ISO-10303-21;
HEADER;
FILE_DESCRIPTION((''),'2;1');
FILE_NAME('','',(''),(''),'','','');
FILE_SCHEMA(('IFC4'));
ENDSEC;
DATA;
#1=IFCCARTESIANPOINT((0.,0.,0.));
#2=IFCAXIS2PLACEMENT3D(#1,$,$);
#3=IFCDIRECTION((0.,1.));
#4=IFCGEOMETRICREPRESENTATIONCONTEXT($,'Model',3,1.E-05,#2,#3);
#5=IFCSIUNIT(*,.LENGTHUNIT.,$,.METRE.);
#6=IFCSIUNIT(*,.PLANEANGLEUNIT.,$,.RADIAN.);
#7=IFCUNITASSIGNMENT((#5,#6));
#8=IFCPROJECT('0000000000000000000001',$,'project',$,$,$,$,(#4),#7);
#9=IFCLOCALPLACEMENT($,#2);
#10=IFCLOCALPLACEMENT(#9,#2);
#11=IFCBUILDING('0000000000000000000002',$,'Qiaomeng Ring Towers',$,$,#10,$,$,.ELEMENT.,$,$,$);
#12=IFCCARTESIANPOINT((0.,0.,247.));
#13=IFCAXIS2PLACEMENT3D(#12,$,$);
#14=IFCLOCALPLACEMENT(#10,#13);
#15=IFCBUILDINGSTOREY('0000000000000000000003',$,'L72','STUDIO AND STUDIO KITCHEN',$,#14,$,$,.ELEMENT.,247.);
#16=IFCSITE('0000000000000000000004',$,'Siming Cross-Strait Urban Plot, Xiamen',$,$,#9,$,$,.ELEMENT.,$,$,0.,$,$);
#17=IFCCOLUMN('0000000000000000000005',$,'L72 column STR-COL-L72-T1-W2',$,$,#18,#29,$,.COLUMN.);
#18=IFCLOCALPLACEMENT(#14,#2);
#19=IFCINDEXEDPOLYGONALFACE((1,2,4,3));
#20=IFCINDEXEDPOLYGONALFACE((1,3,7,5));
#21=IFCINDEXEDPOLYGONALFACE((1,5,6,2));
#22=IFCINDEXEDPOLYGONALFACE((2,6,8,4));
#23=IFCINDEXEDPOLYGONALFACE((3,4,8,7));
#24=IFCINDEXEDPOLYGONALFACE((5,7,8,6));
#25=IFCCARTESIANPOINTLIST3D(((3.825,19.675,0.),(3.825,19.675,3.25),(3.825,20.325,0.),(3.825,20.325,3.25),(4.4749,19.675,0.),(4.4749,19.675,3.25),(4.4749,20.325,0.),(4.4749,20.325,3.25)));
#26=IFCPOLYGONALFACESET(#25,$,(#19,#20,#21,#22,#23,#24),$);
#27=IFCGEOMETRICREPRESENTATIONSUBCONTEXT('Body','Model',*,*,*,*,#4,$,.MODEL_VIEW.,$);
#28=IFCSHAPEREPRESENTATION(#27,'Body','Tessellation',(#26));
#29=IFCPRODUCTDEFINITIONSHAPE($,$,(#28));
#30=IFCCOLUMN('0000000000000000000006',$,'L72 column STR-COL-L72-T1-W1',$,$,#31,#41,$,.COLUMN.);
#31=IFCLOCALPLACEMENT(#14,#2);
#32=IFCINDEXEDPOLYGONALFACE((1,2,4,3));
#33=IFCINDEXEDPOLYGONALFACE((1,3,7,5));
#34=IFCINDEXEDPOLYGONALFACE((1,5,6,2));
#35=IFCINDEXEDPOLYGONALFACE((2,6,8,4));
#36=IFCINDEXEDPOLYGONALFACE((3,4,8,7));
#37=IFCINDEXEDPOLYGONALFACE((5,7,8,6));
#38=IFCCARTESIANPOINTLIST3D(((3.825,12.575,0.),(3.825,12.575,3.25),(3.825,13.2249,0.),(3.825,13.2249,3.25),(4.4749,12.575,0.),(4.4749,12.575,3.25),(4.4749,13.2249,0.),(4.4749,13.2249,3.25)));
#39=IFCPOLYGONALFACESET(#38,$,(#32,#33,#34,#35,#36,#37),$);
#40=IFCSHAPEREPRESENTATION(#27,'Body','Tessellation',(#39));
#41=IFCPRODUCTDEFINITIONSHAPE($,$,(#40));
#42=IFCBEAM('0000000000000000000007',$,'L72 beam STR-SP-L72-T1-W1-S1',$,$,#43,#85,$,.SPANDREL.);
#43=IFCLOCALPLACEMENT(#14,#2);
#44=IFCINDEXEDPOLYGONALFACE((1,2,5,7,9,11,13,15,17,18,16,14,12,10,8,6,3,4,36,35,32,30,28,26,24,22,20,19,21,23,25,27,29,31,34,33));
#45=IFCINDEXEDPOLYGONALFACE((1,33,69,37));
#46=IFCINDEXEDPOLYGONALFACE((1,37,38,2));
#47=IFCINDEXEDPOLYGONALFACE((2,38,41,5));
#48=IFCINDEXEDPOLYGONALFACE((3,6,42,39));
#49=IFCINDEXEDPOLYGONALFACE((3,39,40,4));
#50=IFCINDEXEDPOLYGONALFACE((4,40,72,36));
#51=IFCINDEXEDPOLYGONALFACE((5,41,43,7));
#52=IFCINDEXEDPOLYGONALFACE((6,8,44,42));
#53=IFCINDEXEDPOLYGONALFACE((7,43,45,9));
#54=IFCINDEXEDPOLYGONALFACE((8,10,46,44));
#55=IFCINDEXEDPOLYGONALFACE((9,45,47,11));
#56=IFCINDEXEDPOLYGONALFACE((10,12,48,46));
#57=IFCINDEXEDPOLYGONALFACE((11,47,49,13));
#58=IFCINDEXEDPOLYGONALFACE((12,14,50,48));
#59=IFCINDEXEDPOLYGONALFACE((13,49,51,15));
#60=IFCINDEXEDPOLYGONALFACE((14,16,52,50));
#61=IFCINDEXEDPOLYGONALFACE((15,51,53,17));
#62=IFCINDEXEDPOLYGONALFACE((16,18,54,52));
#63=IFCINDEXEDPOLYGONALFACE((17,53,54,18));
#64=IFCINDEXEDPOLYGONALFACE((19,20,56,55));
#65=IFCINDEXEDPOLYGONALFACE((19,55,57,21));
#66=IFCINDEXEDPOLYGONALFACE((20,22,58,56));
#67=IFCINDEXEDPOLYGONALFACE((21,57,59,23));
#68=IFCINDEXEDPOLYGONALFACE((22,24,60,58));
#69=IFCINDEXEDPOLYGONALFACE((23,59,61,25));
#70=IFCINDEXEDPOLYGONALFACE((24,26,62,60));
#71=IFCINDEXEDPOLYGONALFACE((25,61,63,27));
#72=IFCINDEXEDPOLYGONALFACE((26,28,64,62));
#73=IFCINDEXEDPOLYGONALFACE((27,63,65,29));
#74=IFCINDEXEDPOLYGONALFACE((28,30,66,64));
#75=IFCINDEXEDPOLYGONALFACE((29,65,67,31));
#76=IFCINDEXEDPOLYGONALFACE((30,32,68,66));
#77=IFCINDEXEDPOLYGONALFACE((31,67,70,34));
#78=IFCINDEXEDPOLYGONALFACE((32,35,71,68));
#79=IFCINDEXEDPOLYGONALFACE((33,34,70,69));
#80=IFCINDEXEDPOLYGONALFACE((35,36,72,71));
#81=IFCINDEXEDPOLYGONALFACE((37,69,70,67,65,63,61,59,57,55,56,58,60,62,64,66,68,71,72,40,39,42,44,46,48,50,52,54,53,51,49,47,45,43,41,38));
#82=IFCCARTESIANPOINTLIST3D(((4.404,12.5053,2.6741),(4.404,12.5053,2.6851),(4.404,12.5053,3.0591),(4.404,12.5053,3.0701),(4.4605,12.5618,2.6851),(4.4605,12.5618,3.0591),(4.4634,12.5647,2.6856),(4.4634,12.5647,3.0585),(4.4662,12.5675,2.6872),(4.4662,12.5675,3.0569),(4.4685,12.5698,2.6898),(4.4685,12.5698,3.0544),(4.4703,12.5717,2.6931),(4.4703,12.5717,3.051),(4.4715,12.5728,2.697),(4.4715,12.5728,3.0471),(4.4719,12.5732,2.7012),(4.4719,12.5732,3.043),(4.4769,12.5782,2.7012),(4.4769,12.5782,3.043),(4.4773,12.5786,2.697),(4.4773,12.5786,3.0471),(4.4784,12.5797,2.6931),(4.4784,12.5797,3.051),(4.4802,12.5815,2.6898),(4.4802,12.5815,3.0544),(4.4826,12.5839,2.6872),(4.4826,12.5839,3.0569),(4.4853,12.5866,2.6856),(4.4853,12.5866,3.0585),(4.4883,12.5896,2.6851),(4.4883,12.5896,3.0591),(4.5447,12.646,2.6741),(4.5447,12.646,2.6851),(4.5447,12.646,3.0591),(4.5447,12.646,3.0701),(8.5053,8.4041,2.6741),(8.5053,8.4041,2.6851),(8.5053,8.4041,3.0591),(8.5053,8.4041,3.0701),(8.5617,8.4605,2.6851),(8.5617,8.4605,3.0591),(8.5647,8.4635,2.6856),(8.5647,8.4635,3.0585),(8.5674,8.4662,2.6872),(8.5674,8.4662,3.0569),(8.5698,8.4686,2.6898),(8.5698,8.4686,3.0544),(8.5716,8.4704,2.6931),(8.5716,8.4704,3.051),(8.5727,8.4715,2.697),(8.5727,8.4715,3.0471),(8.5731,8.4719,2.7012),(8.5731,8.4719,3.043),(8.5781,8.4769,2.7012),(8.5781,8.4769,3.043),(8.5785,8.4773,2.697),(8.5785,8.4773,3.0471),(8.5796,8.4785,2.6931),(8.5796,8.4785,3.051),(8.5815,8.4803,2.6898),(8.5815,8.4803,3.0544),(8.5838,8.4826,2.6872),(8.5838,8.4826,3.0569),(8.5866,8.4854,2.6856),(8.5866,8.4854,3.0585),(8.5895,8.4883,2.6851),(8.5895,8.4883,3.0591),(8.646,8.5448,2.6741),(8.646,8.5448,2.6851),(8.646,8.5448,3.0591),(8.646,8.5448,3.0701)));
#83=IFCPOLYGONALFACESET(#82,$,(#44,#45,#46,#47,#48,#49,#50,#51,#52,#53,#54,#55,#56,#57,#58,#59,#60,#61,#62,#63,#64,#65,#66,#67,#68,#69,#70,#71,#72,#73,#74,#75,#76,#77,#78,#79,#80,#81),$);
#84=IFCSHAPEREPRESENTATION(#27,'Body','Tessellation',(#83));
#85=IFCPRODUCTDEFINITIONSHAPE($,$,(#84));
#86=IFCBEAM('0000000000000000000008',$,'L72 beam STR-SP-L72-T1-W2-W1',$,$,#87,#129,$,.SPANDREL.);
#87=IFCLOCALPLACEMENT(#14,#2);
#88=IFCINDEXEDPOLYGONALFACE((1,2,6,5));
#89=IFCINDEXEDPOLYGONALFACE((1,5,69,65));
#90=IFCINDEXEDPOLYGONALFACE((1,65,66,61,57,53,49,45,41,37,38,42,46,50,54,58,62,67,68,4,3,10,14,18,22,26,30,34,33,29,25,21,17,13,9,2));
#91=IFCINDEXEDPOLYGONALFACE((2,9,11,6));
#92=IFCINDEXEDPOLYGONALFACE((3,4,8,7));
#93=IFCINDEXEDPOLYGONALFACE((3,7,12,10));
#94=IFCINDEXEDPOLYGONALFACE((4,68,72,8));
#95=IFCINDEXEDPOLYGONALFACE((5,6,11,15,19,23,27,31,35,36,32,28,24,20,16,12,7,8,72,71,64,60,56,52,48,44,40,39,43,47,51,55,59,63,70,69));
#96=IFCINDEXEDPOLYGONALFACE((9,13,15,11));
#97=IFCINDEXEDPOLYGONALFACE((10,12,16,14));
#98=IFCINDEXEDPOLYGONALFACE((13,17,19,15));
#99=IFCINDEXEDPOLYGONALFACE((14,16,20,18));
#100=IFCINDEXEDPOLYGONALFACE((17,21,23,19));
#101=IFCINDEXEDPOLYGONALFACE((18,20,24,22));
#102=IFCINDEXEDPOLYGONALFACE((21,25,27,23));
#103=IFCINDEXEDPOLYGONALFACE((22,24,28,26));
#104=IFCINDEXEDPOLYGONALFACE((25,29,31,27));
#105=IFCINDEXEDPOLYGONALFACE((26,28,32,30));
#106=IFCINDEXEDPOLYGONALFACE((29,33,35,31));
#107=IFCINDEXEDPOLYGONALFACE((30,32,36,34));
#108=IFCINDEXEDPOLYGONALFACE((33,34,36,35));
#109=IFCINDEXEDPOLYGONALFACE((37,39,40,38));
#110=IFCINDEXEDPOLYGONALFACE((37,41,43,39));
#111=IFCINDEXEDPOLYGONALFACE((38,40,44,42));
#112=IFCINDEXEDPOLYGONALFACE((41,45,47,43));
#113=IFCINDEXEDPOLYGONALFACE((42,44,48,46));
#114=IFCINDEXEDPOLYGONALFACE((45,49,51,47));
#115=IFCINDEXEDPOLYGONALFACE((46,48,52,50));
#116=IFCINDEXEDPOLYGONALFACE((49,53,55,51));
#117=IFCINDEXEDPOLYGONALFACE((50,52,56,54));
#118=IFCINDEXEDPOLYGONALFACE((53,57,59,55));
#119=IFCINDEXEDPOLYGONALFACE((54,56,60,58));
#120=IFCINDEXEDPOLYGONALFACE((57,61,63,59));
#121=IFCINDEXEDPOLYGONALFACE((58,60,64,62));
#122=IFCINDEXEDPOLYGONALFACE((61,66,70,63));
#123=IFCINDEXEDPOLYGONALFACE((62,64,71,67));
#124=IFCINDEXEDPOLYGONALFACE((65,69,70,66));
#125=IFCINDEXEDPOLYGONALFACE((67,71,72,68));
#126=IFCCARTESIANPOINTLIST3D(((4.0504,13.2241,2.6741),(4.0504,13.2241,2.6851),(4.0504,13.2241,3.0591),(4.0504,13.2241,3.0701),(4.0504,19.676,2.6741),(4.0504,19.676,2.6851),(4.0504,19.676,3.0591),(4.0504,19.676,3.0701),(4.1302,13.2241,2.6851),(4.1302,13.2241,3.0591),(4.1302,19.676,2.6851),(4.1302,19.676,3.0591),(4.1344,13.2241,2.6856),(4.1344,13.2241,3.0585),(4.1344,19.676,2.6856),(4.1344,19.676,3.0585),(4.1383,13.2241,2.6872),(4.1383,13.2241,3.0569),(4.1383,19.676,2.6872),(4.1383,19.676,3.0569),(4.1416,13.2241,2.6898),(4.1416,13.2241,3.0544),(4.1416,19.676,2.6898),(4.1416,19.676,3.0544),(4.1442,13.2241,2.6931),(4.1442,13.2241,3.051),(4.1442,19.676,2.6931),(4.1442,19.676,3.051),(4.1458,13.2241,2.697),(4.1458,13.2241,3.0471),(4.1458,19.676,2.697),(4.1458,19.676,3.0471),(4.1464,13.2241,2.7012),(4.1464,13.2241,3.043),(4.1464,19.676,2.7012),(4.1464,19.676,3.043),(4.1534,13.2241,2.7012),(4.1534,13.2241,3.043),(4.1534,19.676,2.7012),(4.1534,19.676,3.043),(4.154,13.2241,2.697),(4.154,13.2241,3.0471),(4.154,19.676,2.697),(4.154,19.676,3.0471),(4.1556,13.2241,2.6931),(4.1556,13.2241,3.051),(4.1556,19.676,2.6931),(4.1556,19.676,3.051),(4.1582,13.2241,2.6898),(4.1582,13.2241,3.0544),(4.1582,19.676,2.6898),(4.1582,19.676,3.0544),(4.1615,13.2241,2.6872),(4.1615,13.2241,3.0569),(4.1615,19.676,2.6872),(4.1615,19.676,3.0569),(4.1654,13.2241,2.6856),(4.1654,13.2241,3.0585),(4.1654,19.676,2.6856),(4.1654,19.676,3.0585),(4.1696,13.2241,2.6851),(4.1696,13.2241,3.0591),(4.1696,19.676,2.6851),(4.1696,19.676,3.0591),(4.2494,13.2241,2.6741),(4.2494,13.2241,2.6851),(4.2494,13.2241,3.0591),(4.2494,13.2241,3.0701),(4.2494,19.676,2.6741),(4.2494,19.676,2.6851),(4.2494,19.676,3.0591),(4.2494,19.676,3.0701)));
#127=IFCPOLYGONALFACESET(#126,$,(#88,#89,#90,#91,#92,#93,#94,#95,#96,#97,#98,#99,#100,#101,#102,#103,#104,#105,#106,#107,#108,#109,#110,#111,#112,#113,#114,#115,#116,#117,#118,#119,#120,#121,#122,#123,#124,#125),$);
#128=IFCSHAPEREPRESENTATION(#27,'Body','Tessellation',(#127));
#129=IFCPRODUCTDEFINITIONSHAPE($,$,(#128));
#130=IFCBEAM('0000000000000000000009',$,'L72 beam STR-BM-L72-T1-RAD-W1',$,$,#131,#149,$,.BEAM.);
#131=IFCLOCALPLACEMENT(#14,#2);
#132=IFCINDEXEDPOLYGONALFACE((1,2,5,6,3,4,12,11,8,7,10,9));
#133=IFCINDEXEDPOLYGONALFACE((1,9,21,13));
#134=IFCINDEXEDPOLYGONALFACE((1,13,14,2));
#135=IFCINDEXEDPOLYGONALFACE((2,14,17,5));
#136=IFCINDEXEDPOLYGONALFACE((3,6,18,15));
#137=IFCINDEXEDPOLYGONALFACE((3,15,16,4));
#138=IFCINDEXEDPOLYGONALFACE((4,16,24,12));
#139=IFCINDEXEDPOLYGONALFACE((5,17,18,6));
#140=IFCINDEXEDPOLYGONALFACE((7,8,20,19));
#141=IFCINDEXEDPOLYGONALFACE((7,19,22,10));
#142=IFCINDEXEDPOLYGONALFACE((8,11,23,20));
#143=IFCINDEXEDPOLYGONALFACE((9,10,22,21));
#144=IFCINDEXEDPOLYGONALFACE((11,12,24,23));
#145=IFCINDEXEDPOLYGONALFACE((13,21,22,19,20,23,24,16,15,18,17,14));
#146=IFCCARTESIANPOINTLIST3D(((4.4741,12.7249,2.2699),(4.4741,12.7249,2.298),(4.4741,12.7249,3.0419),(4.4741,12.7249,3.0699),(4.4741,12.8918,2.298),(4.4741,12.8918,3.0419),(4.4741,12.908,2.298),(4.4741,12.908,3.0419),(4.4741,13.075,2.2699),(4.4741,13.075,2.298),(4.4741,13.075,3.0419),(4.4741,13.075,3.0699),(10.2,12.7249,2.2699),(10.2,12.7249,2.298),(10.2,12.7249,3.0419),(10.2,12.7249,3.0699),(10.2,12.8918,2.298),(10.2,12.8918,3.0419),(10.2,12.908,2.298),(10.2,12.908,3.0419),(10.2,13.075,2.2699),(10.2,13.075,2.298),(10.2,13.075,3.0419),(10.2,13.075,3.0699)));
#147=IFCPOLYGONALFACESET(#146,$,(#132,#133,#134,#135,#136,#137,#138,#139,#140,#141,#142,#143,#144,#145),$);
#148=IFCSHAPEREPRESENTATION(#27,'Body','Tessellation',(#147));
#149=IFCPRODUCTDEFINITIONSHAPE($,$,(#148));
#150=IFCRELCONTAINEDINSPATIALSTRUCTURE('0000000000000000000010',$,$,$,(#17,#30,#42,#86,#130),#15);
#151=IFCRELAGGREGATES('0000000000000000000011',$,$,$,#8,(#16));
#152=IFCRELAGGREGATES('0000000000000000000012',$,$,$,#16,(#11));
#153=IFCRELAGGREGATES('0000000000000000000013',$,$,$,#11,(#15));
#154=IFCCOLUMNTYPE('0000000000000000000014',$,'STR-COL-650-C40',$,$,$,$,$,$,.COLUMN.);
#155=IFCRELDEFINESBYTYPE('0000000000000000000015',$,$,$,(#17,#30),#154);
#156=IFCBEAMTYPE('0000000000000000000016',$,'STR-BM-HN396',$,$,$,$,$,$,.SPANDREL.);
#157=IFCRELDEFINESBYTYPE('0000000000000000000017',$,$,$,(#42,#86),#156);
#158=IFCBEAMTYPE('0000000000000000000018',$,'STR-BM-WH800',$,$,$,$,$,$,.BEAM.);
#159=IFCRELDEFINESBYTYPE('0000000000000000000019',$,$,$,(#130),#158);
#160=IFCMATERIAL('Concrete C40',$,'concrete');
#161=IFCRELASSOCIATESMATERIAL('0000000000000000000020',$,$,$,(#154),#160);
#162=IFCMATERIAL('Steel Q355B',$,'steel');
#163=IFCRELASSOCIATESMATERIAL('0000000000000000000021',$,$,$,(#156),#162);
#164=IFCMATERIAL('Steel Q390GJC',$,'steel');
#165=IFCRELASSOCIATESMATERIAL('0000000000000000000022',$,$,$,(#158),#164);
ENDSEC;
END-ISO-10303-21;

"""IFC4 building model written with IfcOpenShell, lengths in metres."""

from ifc_helpers import new_model, si_unit, direction, frame, origin, origin_2d, place, context, subcontext, project, spatial, rectangle, i_section, extrude, source, transform, mapped, material, material_profile, profile_set, type_object, element, save


model = new_model("IFC4")

# Units and contexts
model_context = context("Model", 3, precision=1e-05, world=origin(), true_north=direction((0.0, 1.0)))
body_context = subcontext(model_context, "Body", "Model", "MODEL_VIEW")
ifc_project = project(units=[si_unit("LENGTHUNIT", "METRE"), si_unit("PLANEANGLEUNIT", "RADIAN")], contexts=[model_context])

# Site, building, storey
site_placement = place(None, origin())
site = spatial("IfcSite", under=ifc_project, at=site_placement, Name="Siming Cross-Strait Urban Plot, Xiamen", CompositionType="ELEMENT", RefElevation=0.0)
building_placement = place(site_placement, origin())
building = spatial("IfcBuilding", under=site, at=building_placement, Name="Qiaomeng Ring Towers", CompositionType="ELEMENT")
storey_placement = place(building_placement, frame((0.0, 0.0, 247.0)))
storey = spatial("IfcBuildingStorey", under=building, at=storey_placement, Name="L72", Description="STUDIO AND STUDIO KITCHEN", CompositionType="ELEMENT", Elevation=247.0)

# Columns
ifc_material_1 = material(Name="Concrete C40", Category="concrete")
ifc_material_profile_1 = material_profile(ifc_material_1, rectangle(XDim=0.6499, YDim=0.6499, at=origin_2d()), Name="RC COL 650x650")
ifc_profile_set_1 = profile_set([ifc_material_profile_1], Name="Concrete C40")
column_type = type_object("IfcColumnType", Name="STR-COL-650-C40", PredefinedType="COLUMN", material=ifc_profile_set_1)
shared_shape_1 = source(origin(), body_context, "Body", "SweptSolid", [
    extrude(rectangle(XDim=0.6499, YDim=0.6499, at=origin_2d()), origin(), (0.0, 0.0, 1.0), 3.25),
])
for number, where, z_axis, x_axis, name in (
    (1, (4.1499, 20.0, 0.0), (0.0, 0.0, 1.0), (1.0, 0.0, 0.0), "L72 column STR-COL-L72-T1-W2"),
    (2, (4.1499, 12.8999, 0.0), (0.0, 0.0, 1.0), (1.0, 0.0, 0.0), "L72 column STR-COL-L72-T1-W1"),
):
    element("IfcColumn", number, at=place(storey_placement, frame(where, z_axis=z_axis, x_axis=x_axis)), inside=storey, type_object=column_type, Name=name, PredefinedType="COLUMN", context=body_context, shape_type="MappedRepresentation", body=[
        mapped(shared_shape_1, transform((0.0, 0.0, 0.0), x_axis=(1.0, 0.0, 0.0), y_axis=(0.0, 1.0, 0.0), z_axis=(0.0, 0.0, 1.0), scale=1.0)),
    ])

# Beams
ifc_material_2 = material(Name="Steel Q355B", Category="steel")
ifc_material_profile_2 = material_profile(ifc_material_2, i_section(OverallWidth=0.199, OverallDepth=0.396, WebThickness=0.0071, FlangeThickness=0.011, FilletRadius=0.0161, at=origin_2d()), Name="HN 396x199x7x11")
ifc_profile_set_2 = profile_set([ifc_material_profile_2], Name="Steel Q355B")
beam_type_1 = type_object("IfcBeamType", Name="STR-BM-HN396", PredefinedType="SPANDREL", material=ifc_profile_set_2)
shared_shape_2 = source(origin(), body_context, "Body", "SweptSolid", [
    extrude(i_section(OverallWidth=0.199, OverallDepth=0.396, WebThickness=0.0071, FlangeThickness=0.011, FilletRadius=0.0161, at=origin_2d()), origin(), (0.0, 0.0, 1.0), 5.8),
])
beam_1_placement = place(storey_placement, frame((4.4744, 12.5757, 2.8721), z_axis=(0.707107, -0.707107, 0.0), x_axis=(0.707107, 0.707107, 0.0)))
element("IfcBeam", 3, at=beam_1_placement, inside=storey, type_object=beam_type_1, Name="L72 beam STR-SP-L72-T1-W1-S1", PredefinedType="SPANDREL", context=body_context, shape_type="MappedRepresentation", body=[
    mapped(shared_shape_2, transform((0.0, 0.0, 0.0), x_axis=(1.0, 0.0, 0.0), y_axis=(0.0, 1.0, 0.0), z_axis=(0.0, 0.0, 1.0), scale=1.0)),
])
shared_shape_3 = source(origin(), body_context, "Body", "SweptSolid", [
    extrude(i_section(OverallWidth=0.199, OverallDepth=0.396, WebThickness=0.0071, FlangeThickness=0.011, FilletRadius=0.0161, at=origin_2d()), origin(), (0.0, 0.0, 1.0), 6.4519),
])
beam_2_placement = place(storey_placement, frame((4.1499, 19.676, 2.8721), z_axis=(0.0, -1.0, 0.0), x_axis=(1.0, 0.0, 0.0)))
element("IfcBeam", 4, at=beam_2_placement, inside=storey, type_object=beam_type_1, Name="L72 beam STR-SP-L72-T1-W2-W1", PredefinedType="SPANDREL", context=body_context, shape_type="MappedRepresentation", body=[
    mapped(shared_shape_3, transform((0.0, 0.0, 0.0), x_axis=(1.0, 0.0, 0.0), y_axis=(0.0, 1.0, 0.0), z_axis=(0.0, 0.0, 1.0), scale=1.0)),
])
ifc_material_3 = material(Name="Steel Q390GJC", Category="steel")
ifc_material_profile_3 = material_profile(ifc_material_3, i_section(OverallWidth=0.3501, OverallDepth=0.8, WebThickness=0.0161, FlangeThickness=0.0281, at=origin_2d()), Name="WH 800x350x16x28")
ifc_profile_set_3 = profile_set([ifc_material_profile_3], Name="Steel Q390GJC")
beam_type_2 = type_object("IfcBeamType", Name="STR-BM-WH800", PredefinedType="BEAM", material=ifc_profile_set_3)
shared_shape_4 = source(origin(), body_context, "Body", "SweptSolid", [
    extrude(i_section(OverallWidth=0.3501, OverallDepth=0.8, WebThickness=0.0161, FlangeThickness=0.0281, at=origin_2d()), origin(), (0.0, 0.0, 1.0), 5.7258),
])
beam_3_placement = place(storey_placement, frame((4.4741, 12.8999, 2.6699), z_axis=(1.0, 0.0, 0.0), x_axis=(0.0, 1.0, 0.0)))
element("IfcBeam", 5, at=beam_3_placement, inside=storey, type_object=beam_type_2, Name="L72 beam STR-BM-L72-T1-RAD-W1", PredefinedType="BEAM", context=body_context, shape_type="MappedRepresentation", body=[
    mapped(shared_shape_4, transform((0.0, 0.0, 0.0), x_axis=(1.0, 0.0, 0.0), y_axis=(0.0, 1.0, 0.0), z_axis=(0.0, 0.0, 1.0), scale=1.0)),
])

save(model, "model.ifc")
